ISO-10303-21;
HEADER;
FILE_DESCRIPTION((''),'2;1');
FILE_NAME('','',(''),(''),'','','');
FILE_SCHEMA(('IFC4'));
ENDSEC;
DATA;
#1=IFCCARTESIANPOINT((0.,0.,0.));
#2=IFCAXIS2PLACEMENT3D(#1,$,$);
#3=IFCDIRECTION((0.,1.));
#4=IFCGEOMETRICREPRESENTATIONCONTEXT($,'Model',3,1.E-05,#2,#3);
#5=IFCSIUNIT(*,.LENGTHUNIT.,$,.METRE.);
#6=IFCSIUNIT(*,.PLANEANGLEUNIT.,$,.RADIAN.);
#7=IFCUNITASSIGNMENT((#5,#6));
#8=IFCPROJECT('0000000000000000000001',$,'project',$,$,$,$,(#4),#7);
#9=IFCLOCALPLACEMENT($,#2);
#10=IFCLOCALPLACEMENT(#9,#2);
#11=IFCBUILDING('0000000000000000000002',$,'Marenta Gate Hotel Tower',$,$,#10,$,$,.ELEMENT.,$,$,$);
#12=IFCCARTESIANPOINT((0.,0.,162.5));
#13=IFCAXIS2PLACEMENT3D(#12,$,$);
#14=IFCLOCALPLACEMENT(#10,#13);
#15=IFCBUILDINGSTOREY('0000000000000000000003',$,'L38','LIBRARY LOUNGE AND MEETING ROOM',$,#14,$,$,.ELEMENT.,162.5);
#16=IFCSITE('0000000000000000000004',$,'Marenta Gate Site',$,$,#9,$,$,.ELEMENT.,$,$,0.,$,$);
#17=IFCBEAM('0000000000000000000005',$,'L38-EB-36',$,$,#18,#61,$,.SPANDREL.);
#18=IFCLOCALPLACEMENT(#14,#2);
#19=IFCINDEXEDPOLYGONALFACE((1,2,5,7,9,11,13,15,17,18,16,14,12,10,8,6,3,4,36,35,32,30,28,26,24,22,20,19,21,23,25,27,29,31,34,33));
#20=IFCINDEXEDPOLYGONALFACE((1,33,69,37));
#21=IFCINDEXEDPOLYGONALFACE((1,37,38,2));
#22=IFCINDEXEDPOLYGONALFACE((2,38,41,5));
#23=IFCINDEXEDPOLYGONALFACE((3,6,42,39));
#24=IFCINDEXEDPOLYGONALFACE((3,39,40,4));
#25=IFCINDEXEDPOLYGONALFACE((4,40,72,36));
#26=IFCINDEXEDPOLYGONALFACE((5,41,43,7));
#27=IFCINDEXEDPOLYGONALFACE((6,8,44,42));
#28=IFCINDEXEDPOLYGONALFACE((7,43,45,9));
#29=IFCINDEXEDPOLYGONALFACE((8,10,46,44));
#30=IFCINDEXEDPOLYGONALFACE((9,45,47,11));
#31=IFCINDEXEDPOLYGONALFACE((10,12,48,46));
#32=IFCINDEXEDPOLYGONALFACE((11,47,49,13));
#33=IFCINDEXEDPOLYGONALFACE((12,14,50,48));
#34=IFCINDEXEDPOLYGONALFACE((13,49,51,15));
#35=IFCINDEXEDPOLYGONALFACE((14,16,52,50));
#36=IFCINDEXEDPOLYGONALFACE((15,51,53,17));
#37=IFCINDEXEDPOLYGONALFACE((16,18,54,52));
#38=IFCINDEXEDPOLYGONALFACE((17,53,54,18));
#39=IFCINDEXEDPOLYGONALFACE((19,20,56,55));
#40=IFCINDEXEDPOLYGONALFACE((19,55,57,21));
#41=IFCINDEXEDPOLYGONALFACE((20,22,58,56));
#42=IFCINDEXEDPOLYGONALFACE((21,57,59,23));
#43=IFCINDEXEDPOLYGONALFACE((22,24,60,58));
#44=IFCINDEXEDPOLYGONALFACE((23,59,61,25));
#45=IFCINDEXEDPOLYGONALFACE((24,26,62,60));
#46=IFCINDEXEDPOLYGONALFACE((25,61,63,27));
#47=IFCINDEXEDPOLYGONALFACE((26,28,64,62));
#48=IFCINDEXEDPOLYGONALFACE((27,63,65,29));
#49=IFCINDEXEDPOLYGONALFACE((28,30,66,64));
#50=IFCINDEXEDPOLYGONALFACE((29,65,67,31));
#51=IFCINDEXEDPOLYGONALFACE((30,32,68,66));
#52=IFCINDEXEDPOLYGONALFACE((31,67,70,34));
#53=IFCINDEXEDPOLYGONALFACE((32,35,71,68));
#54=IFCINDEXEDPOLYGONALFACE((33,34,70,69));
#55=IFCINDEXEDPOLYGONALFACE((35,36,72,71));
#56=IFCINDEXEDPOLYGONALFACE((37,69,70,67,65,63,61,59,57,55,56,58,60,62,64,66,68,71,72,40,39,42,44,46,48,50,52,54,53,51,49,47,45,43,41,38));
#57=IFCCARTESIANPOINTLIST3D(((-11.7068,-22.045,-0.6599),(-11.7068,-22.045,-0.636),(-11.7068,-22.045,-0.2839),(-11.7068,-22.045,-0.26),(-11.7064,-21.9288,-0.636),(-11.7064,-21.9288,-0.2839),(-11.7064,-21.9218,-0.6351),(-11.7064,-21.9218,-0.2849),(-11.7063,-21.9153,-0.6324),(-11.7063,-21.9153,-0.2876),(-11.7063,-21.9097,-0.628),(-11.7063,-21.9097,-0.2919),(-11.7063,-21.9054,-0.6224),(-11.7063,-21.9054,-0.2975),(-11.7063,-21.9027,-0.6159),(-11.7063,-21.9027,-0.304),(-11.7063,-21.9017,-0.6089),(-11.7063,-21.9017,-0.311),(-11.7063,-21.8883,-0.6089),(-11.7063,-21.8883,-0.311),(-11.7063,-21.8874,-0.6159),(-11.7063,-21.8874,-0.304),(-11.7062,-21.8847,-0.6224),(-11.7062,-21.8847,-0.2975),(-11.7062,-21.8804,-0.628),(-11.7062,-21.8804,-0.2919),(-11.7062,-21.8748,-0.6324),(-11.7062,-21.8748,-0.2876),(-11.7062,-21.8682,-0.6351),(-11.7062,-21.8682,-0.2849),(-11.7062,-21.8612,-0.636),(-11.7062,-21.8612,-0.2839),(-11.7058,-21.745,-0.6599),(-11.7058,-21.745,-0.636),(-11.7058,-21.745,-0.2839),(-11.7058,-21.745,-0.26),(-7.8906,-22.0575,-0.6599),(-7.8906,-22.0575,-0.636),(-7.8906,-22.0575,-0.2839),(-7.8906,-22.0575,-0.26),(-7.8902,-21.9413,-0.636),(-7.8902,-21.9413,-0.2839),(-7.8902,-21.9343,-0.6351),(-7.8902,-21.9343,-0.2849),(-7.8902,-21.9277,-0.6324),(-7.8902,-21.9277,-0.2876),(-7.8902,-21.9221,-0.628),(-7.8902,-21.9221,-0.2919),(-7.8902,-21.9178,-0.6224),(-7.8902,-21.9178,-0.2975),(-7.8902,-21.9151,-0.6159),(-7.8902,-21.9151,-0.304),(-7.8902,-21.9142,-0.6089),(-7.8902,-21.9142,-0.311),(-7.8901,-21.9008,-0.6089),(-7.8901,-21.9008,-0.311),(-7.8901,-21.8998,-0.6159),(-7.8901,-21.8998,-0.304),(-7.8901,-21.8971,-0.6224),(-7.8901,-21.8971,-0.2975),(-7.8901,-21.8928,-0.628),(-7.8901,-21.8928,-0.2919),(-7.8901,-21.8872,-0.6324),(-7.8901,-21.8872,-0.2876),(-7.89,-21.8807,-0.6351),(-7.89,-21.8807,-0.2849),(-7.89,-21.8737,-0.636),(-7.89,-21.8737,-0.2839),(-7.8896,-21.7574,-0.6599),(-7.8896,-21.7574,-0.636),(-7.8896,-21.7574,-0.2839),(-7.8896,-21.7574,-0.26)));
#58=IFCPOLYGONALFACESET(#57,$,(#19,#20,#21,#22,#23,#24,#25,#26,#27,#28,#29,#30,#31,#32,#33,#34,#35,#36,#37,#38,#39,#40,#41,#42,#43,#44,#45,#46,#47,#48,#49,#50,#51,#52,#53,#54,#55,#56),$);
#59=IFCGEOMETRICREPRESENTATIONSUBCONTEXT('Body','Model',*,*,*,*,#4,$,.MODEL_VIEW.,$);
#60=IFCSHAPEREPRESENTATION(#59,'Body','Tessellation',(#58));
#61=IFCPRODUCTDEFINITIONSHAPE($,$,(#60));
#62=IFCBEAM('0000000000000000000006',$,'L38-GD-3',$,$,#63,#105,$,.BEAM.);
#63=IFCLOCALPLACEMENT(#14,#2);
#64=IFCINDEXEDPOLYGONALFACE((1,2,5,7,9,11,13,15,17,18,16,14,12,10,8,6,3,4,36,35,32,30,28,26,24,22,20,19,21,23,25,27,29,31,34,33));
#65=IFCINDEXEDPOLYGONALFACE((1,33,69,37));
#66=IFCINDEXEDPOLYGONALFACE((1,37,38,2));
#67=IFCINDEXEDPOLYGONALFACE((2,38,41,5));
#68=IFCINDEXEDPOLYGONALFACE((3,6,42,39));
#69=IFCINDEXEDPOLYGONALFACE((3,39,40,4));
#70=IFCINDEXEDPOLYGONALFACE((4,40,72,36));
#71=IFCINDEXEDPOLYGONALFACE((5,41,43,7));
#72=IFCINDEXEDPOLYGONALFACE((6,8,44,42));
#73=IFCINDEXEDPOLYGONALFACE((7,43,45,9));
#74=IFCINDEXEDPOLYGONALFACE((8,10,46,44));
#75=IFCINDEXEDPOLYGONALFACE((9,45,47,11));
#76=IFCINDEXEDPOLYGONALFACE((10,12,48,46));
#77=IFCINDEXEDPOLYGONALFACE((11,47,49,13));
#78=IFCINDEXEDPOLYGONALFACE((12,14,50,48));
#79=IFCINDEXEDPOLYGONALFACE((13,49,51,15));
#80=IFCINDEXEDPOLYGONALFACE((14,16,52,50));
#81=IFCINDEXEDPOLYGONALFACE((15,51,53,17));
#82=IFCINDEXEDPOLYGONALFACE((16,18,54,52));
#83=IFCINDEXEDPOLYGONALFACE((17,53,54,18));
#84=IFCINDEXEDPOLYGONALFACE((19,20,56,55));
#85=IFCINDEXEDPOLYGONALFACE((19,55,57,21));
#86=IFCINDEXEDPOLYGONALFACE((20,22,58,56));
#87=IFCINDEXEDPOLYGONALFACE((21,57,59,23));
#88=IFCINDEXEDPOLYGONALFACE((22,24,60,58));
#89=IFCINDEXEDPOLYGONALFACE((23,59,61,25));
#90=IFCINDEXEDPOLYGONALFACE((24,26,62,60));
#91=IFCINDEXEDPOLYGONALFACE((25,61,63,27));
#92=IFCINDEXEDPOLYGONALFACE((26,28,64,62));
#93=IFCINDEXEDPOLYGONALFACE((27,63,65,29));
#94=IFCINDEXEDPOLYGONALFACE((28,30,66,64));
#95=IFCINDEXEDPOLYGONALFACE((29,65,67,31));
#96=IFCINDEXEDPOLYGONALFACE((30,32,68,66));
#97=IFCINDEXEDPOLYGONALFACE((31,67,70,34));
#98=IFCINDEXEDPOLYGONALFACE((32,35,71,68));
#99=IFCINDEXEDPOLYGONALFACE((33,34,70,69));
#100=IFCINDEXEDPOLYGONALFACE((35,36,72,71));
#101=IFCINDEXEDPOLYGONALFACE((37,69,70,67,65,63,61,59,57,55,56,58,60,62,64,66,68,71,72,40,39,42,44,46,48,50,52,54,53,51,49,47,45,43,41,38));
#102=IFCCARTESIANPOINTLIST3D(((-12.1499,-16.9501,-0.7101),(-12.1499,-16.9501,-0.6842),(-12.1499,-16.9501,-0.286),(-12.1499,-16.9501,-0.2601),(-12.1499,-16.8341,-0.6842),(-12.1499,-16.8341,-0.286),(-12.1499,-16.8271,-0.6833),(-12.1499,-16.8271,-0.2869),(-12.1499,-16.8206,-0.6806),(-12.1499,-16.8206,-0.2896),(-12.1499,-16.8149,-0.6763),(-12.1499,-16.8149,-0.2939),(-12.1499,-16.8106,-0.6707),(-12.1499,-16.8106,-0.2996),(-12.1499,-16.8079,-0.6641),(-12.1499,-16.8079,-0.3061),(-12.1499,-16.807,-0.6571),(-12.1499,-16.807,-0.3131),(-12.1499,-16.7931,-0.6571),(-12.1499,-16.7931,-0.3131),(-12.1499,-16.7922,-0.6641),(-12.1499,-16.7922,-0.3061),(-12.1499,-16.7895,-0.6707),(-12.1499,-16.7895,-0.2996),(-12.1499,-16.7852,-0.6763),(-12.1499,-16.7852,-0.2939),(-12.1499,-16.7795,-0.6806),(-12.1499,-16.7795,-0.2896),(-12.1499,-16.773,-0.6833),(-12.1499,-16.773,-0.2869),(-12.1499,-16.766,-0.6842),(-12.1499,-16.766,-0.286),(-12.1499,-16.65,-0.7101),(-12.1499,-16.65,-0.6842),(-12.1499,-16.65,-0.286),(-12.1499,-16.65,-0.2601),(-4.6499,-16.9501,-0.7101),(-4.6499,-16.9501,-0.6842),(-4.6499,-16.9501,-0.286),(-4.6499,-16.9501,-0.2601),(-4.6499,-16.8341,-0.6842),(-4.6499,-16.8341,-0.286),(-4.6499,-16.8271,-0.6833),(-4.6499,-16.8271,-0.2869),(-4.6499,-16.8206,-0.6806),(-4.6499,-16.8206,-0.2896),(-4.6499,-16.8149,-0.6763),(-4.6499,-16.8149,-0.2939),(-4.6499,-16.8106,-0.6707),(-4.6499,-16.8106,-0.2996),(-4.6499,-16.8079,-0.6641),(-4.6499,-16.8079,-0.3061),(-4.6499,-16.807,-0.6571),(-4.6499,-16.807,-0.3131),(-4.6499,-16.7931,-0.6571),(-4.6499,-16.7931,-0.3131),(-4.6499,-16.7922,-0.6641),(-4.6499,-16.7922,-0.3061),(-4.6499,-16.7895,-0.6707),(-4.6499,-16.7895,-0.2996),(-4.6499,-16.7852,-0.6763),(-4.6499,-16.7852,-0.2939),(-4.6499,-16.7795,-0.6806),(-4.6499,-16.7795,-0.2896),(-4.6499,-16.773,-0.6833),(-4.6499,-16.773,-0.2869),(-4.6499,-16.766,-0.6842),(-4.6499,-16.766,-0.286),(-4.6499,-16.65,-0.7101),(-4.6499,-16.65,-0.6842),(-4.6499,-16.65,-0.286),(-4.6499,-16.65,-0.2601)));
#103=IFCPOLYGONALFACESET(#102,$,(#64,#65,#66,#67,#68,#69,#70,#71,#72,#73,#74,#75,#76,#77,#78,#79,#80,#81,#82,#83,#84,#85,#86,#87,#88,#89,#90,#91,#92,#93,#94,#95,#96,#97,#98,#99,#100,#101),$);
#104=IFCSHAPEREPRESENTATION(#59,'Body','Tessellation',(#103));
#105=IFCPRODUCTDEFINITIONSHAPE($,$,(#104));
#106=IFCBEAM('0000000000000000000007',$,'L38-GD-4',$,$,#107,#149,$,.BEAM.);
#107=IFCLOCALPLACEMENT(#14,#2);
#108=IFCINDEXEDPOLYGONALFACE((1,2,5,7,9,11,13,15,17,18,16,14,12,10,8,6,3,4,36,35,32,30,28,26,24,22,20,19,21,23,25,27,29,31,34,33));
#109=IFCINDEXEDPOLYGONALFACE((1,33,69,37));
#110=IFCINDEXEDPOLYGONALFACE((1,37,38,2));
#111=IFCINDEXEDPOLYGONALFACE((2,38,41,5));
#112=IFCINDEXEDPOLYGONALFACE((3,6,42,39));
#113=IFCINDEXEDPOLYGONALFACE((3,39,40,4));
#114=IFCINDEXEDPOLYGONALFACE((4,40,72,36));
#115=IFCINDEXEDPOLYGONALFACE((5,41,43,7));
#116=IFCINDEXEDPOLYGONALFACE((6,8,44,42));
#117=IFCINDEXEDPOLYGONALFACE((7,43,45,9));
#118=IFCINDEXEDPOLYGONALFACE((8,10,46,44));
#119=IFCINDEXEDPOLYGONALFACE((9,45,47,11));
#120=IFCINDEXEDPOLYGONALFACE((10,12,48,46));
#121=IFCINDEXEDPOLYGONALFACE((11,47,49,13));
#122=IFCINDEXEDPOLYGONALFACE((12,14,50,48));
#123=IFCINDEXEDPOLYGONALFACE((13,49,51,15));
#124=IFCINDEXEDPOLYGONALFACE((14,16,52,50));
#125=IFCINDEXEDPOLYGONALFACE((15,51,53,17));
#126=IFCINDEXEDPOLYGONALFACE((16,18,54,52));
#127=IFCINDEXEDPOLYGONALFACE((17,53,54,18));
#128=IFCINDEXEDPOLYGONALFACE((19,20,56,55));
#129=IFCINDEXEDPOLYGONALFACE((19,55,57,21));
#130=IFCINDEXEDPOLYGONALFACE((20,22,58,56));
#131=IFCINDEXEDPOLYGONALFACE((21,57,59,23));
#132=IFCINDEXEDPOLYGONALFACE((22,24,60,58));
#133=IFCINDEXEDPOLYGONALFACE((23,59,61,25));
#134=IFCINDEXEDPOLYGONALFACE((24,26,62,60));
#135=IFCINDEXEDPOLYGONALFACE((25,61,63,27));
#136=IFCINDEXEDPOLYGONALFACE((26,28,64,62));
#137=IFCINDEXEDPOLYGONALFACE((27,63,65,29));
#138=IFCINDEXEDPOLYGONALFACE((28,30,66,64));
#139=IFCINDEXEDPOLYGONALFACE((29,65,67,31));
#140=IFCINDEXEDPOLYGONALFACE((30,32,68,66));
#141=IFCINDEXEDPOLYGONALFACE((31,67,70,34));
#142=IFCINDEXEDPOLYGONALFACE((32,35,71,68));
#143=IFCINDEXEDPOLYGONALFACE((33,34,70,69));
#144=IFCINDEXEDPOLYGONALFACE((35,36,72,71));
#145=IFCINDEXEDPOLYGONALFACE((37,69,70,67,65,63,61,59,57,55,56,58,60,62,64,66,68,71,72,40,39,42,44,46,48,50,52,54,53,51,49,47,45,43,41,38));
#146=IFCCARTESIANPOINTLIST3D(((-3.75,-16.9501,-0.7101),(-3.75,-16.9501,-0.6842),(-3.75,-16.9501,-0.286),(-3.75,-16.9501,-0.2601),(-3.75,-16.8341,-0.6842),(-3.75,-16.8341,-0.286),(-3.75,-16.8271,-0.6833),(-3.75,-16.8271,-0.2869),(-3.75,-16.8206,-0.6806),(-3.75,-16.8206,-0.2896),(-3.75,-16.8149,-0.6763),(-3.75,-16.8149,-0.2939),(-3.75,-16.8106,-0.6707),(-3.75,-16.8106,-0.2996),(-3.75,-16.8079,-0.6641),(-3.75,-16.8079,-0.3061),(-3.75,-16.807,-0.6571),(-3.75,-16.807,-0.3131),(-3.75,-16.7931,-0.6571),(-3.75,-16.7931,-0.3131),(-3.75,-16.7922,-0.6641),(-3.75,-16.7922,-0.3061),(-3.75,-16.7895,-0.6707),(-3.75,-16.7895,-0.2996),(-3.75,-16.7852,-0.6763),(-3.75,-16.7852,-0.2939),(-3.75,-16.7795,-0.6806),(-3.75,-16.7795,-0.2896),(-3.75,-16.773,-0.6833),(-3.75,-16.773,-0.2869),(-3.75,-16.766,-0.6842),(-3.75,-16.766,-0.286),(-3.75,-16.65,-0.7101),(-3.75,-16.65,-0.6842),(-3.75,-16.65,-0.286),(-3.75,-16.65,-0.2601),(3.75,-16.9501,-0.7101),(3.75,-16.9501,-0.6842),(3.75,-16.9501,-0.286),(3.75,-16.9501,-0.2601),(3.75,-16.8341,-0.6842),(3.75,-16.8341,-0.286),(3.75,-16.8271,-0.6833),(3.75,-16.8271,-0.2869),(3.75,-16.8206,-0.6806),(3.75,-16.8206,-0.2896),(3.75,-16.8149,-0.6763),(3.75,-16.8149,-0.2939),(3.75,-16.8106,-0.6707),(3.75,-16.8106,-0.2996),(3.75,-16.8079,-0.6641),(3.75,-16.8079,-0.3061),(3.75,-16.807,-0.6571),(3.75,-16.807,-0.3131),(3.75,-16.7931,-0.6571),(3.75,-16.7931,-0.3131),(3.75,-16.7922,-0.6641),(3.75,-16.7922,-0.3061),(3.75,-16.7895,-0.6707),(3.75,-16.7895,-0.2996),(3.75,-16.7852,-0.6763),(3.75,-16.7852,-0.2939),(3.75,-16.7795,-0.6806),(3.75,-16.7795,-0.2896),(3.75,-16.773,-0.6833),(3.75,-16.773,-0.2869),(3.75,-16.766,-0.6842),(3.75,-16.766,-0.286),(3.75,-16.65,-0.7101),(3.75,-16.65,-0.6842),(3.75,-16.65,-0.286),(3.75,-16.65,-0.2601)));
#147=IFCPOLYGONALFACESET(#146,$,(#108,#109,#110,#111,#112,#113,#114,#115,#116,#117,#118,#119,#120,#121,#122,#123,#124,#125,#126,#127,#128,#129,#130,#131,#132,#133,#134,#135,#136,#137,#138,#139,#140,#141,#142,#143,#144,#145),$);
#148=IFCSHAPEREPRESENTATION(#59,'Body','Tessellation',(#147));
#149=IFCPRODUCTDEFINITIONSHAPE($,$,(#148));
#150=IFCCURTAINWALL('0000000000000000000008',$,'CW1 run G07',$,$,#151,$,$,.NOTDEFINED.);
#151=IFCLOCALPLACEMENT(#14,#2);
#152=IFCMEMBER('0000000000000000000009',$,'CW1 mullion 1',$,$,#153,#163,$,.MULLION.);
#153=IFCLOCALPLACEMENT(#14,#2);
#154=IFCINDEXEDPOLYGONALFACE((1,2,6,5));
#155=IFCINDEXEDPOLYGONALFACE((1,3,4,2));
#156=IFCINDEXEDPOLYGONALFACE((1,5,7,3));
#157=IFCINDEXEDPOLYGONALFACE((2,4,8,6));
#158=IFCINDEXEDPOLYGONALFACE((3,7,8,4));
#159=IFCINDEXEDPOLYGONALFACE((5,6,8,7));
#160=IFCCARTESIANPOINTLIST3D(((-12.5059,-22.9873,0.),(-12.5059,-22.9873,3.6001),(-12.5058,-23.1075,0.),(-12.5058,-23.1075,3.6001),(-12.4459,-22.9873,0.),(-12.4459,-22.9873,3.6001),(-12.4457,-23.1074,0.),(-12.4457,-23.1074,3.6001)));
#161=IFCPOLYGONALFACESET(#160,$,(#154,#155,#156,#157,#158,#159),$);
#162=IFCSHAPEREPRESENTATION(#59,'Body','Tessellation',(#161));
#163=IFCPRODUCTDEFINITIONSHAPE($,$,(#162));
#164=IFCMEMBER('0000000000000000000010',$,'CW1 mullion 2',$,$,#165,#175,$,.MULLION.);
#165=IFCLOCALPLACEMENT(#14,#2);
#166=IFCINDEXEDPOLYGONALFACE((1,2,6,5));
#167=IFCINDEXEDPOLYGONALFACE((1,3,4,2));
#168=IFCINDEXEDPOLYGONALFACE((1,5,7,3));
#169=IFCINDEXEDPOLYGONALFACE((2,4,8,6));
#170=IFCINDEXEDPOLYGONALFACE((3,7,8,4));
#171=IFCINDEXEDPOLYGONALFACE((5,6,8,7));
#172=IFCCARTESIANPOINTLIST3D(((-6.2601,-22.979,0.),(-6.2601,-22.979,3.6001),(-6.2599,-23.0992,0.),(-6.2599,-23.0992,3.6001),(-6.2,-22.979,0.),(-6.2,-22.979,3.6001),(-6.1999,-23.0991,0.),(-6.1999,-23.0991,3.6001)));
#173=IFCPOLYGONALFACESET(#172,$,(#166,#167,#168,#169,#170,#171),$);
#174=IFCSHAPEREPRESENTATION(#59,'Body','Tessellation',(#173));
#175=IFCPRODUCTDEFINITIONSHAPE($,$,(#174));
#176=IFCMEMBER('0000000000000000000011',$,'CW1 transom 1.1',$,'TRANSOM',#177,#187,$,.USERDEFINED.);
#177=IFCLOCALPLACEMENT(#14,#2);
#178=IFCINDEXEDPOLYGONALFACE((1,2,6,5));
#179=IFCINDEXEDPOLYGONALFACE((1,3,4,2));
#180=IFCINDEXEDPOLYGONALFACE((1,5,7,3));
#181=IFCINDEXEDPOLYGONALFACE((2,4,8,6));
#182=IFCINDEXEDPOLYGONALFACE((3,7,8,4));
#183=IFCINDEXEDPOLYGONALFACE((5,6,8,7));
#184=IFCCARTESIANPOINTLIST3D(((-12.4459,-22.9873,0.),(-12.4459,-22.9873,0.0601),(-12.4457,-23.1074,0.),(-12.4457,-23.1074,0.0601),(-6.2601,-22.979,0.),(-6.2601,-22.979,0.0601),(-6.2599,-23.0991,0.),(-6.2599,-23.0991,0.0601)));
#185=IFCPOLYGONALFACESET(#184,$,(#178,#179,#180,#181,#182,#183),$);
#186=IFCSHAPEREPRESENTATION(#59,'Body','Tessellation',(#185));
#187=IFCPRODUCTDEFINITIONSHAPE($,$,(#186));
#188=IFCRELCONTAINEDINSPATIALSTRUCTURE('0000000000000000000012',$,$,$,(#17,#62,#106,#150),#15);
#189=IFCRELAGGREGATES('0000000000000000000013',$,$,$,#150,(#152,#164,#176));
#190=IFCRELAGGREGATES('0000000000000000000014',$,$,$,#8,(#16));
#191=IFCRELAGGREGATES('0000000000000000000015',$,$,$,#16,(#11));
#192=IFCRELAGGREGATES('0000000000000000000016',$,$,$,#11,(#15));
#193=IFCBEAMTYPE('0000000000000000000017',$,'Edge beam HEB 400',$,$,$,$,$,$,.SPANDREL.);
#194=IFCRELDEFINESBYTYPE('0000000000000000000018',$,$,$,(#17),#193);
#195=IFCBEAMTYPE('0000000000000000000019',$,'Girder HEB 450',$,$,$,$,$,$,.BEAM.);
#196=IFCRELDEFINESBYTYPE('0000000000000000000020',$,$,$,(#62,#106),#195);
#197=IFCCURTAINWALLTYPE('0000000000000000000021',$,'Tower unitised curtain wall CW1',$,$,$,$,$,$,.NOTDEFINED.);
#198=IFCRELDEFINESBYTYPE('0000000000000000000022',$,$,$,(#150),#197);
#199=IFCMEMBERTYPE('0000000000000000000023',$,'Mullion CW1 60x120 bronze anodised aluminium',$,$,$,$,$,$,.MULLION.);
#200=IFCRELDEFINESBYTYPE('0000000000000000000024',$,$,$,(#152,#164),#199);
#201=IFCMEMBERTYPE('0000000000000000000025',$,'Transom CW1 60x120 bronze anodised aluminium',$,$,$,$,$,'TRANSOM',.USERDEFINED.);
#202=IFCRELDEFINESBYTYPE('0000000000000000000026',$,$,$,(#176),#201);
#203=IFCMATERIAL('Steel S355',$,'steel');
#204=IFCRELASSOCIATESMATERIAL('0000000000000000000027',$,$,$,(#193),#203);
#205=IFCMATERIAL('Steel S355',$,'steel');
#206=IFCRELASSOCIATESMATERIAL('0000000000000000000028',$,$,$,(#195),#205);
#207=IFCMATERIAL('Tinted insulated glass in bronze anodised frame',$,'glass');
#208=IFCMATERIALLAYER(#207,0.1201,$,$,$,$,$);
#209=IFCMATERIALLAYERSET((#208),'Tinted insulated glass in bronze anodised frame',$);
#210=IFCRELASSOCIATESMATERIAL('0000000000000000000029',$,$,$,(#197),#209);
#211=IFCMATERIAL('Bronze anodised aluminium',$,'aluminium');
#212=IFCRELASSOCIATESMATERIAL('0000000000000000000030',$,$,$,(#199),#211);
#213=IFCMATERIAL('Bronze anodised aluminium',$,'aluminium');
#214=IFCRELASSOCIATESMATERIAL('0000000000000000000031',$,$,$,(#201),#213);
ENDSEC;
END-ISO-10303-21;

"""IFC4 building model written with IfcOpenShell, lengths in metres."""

from ifc_helpers import new_model, si_unit, direction, frame, origin, origin_2d, place, context, subcontext, project, spatial, rectangle, i_section, extrude, material, layer, layer_set, material_profile, profile_set, type_object, element, aggregate, save


model = new_model("IFC4")

# Units and contexts
model_context = context("Model", 3, precision=1e-05, world=origin(), true_north=direction((0.0, 1.0)))
body_context = subcontext(model_context, "Body", "Model", "MODEL_VIEW")
ifc_project = project(units=[si_unit("LENGTHUNIT", "METRE"), si_unit("PLANEANGLEUNIT", "RADIAN")], contexts=[model_context])

# Site, building, storey
site_placement = place(None, origin())
site = spatial("IfcSite", under=ifc_project, at=site_placement, Name="Marenta Gate Site", CompositionType="ELEMENT", RefElevation=0.0)
building_placement = place(site_placement, origin())
building = spatial("IfcBuilding", under=site, at=building_placement, Name="Marenta Gate Hotel Tower", CompositionType="ELEMENT")
storey_placement = place(building_placement, frame((0.0, 0.0, 162.5)))
storey = spatial("IfcBuildingStorey", under=building, at=storey_placement, Name="L38", Description="LIBRARY LOUNGE AND MEETING ROOM", CompositionType="ELEMENT", Elevation=162.5)

# Beams
ifc_material_1 = material(Name="Steel S355", Category="steel")
ifc_material_profile_1 = material_profile(ifc_material_1, i_section(OverallWidth=0.3, OverallDepth=0.3999, WebThickness=0.0134, FlangeThickness=0.0239, FilletRadius=0.0271, at=origin_2d()), Name="HEB 400")
ifc_profile_set_1 = profile_set([ifc_material_profile_1], Name="Steel S355")
beam_type_1 = type_object("IfcBeamType", Name="Edge beam HEB 400", PredefinedType="SPANDREL", material=ifc_profile_set_1)
beam_1_placement = place(storey_placement, frame((-7.8901, -21.9075, -0.46), z_axis=(-0.999995, 0.003263, 0.0), x_axis=(-0.003263, -0.999995, 0.0)))
element("IfcBeam", 1, at=beam_1_placement, inside=storey, type_object=beam_type_1, Name="L38-EB-36", PredefinedType="SPANDREL", context=body_context, shape_type="SweptSolid", body=[
    extrude(i_section(OverallWidth=0.3, OverallDepth=0.3999, WebThickness=0.0134, FlangeThickness=0.0239, FilletRadius=0.0271, at=origin_2d()), origin(), (0.0, 0.0, 1.0), 3.8162),
])
ifc_material_2 = material(Name="Steel S355", Category="steel")
ifc_material_profile_2 = material_profile(ifc_material_2, i_section(OverallWidth=0.3, OverallDepth=0.45, WebThickness=0.0139, FlangeThickness=0.0259, FilletRadius=0.0271, at=origin_2d()), Name="HEB 450")
ifc_profile_set_2 = profile_set([ifc_material_profile_2], Name="Steel S355")
beam_type_2 = type_object("IfcBeamType", Name="Girder HEB 450", PredefinedType="BEAM", material=ifc_profile_set_2)
for number, where, z_axis, x_axis, name in (
    (2, (-12.1499, -16.8, -0.4851), (1.0, 0.0, 0.0), (0.0, 1.0, 0.0), "L38-GD-3"),
    (3, (-3.75, -16.8, -0.4851), (1.0, 0.0, 0.0), (0.0, 1.0, 0.0), "L38-GD-4"),
):
    element("IfcBeam", number, at=place(storey_placement, frame(where, z_axis=z_axis, x_axis=x_axis)), inside=storey, type_object=beam_type_2, Name=name, PredefinedType="BEAM", context=body_context, shape_type="SweptSolid", body=[
        extrude(i_section(OverallWidth=0.3, OverallDepth=0.45, WebThickness=0.0139, FlangeThickness=0.0259, FilletRadius=0.0271, at=origin_2d()), origin(), (0.0, 0.0, 1.0), 7.5),
    ])

# Curtain wall, members
ifc_material_3 = material(Name="Tinted insulated glass in bronze anodised frame", Category="glass")
ifc_layer_1 = layer(ifc_material_3, 0.1201)
ifc_layer_set_1 = layer_set([ifc_layer_1], Name="Tinted insulated glass in bronze anodised frame")
curtain_wall_type = type_object("IfcCurtainWallType", Name="Tower unitised curtain wall CW1", PredefinedType="NOTDEFINED", material=ifc_layer_set_1)
curtain_wall_placement = place(storey_placement, origin())
curtain_wall = element("IfcCurtainWall", 4, at=curtain_wall_placement, inside=storey, type_object=curtain_wall_type, Name="CW1 run G07", PredefinedType="NOTDEFINED")
ifc_material_4 = material(Name="Bronze anodised aluminium", Category="aluminium")
ifc_material_profile_3 = material_profile(ifc_material_4, rectangle(XDim=0.1201, YDim=0.0601, at=origin_2d()), Name="Mullion CW1 60x120 bronze anodised aluminium")
ifc_profile_set_3 = profile_set([ifc_material_profile_3], Name="Bronze anodised aluminium")
member_type_1 = type_object("IfcMemberType", Name="Mullion CW1 60x120 bronze anodised aluminium", PredefinedType="MULLION", material=ifc_profile_set_3)
member_1_placement = place(storey_placement, frame((-12.4758, -23.0474, 0.0), z_axis=(0.0, 0.0, 1.0), x_axis=(-0.001362, 0.999999, 0.0)))
member_1 = element("IfcMember", 5, at=member_1_placement, type_object=member_type_1, Name="CW1 mullion 1", PredefinedType="MULLION", context=body_context, shape_type="SweptSolid", body=[
    extrude(rectangle(XDim=0.1201, YDim=0.0601, at=origin_2d()), origin(), (0.0, 0.0, 1.0), 3.6001),
])
member_2_placement = place(storey_placement, frame((-6.23, -23.0391, 0.0), z_axis=(0.0, 0.0, 1.0), x_axis=(-0.001362, 0.999999, 0.0)))
member_2 = element("IfcMember", 6, at=member_2_placement, type_object=member_type_1, Name="CW1 mullion 2", PredefinedType="MULLION", context=body_context, shape_type="SweptSolid", body=[
    extrude(rectangle(XDim=0.1201, YDim=0.0601, at=origin_2d()), origin(), (0.0, 0.0, 1.0), 3.6001),
])
ifc_material_5 = material(Name="Bronze anodised aluminium", Category="aluminium")
ifc_material_profile_4 = material_profile(ifc_material_5, rectangle(XDim=0.1201, YDim=0.0601, at=origin_2d()), Name="Transom CW1 60x120 bronze anodised aluminium")
ifc_profile_set_4 = profile_set([ifc_material_profile_4], Name="Bronze anodised aluminium")
member_type_2 = type_object("IfcMemberType", Name="Transom CW1 60x120 bronze anodised aluminium", ElementType="TRANSOM", PredefinedType="USERDEFINED", material=ifc_profile_set_4)
member_3_placement = place(storey_placement, frame((-12.4458, -23.0474, 0.03), z_axis=(0.999999, 0.001342, 0.0), x_axis=(-0.001342, 0.999999, 0.0)))
member_3 = element("IfcMember", 7, at=member_3_placement, type_object=member_type_2, Name="CW1 transom 1.1", ObjectType="TRANSOM", PredefinedType="USERDEFINED", context=body_context, shape_type="SweptSolid", body=[
    extrude(rectangle(XDim=0.1201, YDim=0.0601, at=origin_2d()), origin(), (0.0, 0.0, 1.0), 6.1858),
])
aggregate(curtain_wall, [member_1, member_2, member_3])

save(model, "model.ifc")
